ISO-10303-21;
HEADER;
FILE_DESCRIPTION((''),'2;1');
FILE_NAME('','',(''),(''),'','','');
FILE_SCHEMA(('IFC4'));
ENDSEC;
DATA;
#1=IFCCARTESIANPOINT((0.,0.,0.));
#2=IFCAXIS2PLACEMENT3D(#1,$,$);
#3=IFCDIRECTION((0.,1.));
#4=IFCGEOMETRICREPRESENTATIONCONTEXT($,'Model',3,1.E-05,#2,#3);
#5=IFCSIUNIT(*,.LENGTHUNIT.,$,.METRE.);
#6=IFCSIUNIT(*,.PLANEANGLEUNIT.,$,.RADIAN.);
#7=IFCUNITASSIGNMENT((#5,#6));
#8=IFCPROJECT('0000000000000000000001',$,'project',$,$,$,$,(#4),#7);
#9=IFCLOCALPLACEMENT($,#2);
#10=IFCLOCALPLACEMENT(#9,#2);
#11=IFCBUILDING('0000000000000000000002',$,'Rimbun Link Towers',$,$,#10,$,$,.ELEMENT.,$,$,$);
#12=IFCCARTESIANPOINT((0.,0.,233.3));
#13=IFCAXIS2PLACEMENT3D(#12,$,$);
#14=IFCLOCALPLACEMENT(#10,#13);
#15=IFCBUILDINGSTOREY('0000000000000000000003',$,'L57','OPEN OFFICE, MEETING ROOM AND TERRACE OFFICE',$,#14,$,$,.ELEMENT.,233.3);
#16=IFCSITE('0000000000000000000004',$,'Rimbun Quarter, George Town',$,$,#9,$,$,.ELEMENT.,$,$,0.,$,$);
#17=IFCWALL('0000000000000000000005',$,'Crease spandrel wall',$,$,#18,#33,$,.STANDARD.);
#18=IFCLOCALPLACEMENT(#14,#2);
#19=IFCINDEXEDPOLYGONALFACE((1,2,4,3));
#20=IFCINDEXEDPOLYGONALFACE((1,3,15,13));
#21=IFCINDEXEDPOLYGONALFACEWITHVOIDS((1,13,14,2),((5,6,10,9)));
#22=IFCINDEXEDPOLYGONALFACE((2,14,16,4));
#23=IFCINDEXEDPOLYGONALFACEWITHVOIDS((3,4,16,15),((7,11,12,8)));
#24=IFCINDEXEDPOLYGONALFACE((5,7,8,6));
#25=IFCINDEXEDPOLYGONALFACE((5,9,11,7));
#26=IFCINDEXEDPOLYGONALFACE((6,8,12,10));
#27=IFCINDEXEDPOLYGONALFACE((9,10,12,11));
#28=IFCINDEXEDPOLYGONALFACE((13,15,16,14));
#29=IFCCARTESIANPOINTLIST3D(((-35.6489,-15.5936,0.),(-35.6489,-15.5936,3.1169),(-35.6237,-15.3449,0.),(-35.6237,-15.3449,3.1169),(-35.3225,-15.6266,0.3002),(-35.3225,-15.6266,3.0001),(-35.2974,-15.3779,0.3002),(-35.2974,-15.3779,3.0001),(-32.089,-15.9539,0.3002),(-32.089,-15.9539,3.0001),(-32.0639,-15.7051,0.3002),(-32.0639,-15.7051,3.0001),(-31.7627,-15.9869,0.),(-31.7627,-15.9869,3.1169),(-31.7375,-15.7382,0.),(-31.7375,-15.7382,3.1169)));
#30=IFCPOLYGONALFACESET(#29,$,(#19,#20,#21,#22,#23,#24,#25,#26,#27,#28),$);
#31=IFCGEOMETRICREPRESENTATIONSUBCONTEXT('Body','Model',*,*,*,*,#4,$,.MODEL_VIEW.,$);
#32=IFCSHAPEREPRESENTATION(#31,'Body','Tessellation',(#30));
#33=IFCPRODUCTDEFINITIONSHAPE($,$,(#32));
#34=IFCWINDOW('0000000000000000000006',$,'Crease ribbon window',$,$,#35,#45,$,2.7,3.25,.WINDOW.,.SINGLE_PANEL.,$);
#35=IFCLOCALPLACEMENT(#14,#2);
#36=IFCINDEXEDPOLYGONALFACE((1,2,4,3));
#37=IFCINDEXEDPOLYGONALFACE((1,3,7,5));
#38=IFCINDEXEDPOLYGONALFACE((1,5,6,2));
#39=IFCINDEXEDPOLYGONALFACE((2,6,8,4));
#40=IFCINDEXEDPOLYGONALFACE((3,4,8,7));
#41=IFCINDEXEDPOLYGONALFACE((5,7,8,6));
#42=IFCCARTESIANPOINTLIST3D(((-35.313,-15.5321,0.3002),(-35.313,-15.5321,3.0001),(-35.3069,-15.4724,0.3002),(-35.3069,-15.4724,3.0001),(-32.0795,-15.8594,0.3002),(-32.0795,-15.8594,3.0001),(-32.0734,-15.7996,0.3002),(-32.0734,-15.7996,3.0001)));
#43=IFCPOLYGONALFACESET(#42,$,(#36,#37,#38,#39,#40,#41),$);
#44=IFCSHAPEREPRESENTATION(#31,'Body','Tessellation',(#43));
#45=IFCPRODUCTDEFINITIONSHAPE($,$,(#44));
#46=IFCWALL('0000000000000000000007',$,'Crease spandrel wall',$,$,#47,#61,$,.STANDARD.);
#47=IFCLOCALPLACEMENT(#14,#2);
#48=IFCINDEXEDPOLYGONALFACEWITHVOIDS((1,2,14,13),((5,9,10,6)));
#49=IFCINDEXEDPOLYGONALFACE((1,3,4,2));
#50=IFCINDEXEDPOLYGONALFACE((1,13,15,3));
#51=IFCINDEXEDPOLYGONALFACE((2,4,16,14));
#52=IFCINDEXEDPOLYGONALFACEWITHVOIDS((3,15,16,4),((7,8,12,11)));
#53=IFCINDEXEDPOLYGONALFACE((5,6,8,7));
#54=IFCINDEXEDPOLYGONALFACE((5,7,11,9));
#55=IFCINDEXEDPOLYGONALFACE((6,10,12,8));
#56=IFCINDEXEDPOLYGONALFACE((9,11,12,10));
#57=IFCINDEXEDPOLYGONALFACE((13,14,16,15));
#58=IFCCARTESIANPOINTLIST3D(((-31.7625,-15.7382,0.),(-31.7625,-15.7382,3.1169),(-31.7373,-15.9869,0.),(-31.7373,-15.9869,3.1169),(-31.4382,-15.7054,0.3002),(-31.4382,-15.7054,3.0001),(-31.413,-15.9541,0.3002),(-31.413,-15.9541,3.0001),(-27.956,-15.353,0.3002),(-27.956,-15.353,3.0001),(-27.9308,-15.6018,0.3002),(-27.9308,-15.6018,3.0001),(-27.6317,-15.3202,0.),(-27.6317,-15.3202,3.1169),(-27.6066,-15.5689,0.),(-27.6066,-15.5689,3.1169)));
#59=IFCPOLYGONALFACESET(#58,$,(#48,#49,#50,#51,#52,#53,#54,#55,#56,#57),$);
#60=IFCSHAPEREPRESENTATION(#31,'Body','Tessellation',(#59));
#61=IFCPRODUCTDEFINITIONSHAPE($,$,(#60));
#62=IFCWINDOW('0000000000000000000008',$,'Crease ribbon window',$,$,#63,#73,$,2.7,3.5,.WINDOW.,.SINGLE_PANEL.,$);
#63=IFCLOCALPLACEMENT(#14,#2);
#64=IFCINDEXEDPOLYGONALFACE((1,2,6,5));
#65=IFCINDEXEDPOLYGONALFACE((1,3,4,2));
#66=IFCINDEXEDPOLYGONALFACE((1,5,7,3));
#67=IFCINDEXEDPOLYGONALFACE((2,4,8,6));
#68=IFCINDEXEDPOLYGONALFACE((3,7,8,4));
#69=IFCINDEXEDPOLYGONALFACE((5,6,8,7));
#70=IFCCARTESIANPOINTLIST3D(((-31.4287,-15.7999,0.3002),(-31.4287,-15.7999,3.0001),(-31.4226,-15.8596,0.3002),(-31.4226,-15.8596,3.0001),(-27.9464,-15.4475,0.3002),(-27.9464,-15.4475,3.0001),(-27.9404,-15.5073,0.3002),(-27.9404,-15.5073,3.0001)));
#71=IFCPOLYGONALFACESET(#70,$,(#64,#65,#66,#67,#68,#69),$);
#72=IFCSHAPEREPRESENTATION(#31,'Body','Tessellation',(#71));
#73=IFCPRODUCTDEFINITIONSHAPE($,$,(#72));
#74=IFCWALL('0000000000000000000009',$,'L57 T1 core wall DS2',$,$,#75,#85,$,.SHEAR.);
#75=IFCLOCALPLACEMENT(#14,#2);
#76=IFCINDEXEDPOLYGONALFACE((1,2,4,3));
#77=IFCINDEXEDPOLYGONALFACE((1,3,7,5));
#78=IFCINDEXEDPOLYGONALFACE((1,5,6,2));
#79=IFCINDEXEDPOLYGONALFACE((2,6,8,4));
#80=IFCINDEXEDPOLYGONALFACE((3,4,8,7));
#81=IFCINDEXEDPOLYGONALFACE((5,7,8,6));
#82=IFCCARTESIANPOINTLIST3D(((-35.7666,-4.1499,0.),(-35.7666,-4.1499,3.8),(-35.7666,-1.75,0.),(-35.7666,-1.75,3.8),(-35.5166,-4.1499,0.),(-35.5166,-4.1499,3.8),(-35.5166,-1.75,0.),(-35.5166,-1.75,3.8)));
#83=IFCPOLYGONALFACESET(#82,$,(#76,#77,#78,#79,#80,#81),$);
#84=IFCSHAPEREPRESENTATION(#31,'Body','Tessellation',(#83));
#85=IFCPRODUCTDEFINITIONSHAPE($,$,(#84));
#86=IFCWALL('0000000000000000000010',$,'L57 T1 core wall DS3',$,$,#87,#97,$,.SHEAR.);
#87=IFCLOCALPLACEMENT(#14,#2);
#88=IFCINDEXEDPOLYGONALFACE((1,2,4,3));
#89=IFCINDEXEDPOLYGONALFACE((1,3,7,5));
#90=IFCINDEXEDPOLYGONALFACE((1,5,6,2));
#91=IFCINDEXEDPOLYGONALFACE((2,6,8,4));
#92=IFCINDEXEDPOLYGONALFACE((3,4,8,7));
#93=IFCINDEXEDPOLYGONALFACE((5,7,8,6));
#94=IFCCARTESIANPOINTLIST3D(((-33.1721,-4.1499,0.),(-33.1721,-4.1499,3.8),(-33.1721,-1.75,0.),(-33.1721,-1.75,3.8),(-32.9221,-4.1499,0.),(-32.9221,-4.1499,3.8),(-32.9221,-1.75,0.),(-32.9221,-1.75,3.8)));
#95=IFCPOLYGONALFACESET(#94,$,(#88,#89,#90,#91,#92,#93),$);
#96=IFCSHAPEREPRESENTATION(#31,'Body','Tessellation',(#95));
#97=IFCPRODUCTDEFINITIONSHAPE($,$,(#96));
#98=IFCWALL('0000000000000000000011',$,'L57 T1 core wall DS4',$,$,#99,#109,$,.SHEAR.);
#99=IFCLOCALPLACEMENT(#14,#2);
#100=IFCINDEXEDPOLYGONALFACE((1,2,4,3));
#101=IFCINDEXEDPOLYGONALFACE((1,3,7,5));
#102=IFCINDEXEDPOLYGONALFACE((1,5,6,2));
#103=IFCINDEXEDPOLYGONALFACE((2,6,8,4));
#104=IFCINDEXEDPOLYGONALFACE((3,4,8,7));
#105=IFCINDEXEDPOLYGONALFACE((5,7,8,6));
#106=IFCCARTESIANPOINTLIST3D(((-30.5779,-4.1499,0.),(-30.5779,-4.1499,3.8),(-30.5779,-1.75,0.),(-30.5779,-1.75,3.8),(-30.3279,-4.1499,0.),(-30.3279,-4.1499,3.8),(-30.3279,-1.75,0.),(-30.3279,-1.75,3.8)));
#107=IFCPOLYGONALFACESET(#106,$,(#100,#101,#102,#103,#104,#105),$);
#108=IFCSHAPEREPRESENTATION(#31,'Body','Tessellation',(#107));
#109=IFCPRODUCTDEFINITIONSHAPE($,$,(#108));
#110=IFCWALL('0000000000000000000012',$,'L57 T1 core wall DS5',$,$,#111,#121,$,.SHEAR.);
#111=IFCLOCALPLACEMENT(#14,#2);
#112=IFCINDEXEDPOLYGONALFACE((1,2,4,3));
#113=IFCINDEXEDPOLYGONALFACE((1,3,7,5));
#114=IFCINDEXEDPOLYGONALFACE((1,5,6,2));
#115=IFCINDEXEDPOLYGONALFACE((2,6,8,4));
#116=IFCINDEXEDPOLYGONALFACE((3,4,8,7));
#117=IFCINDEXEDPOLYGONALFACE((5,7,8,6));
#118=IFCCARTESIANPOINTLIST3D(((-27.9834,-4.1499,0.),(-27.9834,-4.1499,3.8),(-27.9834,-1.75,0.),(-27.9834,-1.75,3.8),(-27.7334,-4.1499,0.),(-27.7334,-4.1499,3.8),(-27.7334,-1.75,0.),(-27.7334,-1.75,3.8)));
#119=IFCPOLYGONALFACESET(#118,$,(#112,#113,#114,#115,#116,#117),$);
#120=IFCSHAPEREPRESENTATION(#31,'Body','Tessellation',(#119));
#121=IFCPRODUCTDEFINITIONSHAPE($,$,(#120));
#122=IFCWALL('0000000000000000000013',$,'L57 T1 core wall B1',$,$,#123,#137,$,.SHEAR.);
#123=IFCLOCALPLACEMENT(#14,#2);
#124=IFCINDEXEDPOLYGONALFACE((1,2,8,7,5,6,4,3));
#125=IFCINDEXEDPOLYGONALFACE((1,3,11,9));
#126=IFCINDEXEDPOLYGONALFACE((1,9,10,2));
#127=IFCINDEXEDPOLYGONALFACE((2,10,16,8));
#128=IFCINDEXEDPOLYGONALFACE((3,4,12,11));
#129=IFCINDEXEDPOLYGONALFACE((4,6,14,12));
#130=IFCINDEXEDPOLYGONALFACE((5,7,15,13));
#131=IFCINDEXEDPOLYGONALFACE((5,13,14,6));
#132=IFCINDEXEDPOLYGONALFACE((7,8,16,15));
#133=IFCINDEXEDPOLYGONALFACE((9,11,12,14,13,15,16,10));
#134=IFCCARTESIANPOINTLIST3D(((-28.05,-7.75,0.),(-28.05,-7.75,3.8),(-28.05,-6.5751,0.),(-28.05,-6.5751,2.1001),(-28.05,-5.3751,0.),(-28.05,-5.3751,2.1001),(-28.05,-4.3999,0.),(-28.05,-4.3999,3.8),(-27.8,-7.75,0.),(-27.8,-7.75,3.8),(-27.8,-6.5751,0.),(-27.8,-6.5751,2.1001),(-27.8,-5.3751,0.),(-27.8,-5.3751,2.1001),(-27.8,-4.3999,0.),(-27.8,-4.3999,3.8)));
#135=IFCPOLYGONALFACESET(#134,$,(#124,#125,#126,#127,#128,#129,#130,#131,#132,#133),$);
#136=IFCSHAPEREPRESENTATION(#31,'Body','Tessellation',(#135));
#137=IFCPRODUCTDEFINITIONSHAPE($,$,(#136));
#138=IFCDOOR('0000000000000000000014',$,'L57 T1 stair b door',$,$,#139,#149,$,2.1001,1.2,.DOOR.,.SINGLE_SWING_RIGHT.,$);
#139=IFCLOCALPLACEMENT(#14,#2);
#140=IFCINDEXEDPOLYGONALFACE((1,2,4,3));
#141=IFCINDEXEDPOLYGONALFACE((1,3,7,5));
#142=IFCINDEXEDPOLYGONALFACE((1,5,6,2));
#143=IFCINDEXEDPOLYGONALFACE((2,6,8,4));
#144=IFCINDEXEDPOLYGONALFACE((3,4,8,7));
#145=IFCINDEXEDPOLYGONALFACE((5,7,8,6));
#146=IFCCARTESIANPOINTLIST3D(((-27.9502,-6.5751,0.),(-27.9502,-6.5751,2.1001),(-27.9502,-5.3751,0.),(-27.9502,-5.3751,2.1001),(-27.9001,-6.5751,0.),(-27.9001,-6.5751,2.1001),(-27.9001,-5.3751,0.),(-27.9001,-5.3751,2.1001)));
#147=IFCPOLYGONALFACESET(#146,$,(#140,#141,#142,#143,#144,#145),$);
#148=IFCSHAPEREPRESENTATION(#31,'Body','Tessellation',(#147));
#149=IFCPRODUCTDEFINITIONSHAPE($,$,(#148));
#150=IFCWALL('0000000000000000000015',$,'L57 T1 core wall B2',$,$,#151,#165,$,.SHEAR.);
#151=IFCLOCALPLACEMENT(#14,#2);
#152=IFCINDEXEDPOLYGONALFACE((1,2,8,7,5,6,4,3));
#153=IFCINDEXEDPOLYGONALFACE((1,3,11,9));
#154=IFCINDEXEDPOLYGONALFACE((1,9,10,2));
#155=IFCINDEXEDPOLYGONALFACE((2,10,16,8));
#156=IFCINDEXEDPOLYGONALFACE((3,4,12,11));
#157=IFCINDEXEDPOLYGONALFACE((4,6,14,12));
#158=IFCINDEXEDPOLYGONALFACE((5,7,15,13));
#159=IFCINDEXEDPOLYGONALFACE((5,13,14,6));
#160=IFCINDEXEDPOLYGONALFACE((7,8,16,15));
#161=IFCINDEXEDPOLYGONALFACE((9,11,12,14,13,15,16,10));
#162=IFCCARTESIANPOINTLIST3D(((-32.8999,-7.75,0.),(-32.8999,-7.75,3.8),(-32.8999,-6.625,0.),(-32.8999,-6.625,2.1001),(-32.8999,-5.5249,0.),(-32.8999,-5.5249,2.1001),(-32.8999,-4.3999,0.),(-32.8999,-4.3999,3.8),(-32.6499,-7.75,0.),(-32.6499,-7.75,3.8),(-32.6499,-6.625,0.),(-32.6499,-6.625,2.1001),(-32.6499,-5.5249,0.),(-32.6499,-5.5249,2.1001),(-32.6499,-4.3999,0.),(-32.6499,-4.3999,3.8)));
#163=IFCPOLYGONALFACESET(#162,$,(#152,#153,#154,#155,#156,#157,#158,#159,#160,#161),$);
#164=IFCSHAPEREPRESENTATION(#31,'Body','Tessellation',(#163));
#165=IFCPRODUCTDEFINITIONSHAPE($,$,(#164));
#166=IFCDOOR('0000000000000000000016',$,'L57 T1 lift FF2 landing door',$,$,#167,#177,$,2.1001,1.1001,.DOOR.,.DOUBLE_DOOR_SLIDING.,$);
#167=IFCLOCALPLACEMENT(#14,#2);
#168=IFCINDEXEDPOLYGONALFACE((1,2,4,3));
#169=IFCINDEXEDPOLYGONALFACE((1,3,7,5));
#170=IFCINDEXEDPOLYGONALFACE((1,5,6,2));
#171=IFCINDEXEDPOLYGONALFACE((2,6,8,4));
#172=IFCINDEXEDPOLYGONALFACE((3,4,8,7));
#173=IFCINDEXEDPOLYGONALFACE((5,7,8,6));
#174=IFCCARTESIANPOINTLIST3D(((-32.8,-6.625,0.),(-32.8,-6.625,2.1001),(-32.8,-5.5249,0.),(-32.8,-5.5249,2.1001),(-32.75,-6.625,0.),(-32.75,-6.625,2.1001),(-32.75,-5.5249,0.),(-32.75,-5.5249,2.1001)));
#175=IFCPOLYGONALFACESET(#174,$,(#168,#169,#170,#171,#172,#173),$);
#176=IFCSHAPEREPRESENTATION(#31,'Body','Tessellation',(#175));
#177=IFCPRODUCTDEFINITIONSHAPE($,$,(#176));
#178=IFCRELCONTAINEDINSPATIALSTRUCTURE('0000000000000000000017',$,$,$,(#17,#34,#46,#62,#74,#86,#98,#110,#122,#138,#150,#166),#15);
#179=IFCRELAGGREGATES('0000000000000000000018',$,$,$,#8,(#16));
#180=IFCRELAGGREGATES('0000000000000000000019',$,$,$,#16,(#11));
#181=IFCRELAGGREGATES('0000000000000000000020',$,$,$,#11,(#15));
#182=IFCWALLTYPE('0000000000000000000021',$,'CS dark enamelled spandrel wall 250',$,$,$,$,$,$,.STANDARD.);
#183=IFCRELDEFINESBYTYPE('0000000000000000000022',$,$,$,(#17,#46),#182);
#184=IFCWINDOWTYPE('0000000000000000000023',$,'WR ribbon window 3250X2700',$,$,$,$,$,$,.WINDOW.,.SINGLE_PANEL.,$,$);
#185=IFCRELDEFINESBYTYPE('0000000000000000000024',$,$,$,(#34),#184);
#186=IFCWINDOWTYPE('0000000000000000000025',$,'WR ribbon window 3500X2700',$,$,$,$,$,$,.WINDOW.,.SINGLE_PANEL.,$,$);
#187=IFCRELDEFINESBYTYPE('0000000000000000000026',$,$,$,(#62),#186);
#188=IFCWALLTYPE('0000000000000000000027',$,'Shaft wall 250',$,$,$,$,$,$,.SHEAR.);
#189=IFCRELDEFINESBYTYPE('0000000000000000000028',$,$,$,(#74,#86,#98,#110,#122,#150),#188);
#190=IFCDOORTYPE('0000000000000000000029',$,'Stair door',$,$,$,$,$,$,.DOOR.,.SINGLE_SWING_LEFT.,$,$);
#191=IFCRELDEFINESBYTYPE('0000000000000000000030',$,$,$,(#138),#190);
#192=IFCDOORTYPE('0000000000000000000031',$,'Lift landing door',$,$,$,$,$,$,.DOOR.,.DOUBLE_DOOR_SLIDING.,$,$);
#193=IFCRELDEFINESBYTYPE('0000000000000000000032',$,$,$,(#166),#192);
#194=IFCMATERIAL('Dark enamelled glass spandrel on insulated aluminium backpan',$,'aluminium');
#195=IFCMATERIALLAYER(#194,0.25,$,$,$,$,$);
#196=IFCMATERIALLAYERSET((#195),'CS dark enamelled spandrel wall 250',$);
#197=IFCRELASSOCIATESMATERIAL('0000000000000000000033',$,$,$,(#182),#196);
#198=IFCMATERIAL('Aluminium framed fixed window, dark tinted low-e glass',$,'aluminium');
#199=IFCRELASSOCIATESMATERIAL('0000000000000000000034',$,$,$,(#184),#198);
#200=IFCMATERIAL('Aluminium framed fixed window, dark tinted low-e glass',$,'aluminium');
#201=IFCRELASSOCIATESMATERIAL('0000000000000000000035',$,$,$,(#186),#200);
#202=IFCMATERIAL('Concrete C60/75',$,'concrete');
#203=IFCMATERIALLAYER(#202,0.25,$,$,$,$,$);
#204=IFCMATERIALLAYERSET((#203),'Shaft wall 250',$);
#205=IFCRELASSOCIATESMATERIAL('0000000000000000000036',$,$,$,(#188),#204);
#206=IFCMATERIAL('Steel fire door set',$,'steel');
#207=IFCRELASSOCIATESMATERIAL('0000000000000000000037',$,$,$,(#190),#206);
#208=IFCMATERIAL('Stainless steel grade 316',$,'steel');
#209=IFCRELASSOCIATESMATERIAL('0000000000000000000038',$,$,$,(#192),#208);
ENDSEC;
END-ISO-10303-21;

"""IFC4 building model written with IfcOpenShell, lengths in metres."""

from ifc_helpers import new_model, si_unit, direction, frame, frame_2d, origin, place, context, subcontext, project, spatial, rectangle, extrude, material, layer, layer_set, type_object, element, fill, save


model = new_model("IFC4")

# Units and contexts
model_context = context("Model", 3, precision=1e-05, world=origin(), true_north=direction((0.0, 1.0)))
body_context = subcontext(model_context, "Body", "Model", "MODEL_VIEW")
ifc_project = project(units=[si_unit("LENGTHUNIT", "METRE"), si_unit("PLANEANGLEUNIT", "RADIAN")], contexts=[model_context])

# Site, building, storey
site_placement = place(None, origin())
site = spatial("IfcSite", under=ifc_project, at=site_placement, Name="Rimbun Quarter, George Town", CompositionType="ELEMENT", RefElevation=0.0)
building_placement = place(site_placement, origin())
building = spatial("IfcBuilding", under=site, at=building_placement, Name="Rimbun Link Towers", CompositionType="ELEMENT")
storey_placement = place(building_placement, frame((0.0, 0.0, 233.3)))
storey = spatial("IfcBuildingStorey", under=building, at=storey_placement, Name="L57", Description="OPEN OFFICE, MEETING ROOM AND TERRACE OFFICE", CompositionType="ELEMENT", Elevation=233.3)

# Walls, openings, windows
ifc_material_1 = material(Name="Dark enamelled glass spandrel on insulated aluminium backpan", Category="aluminium")
ifc_layer_1 = layer(ifc_material_1, 0.25)
ifc_layer_set_1 = layer_set([ifc_layer_1], Name="CS dark enamelled spandrel wall 250")
wall_type_1 = type_object("IfcWallType", Name="CS dark enamelled spandrel wall 250", PredefinedType="STANDARD", material=ifc_layer_set_1)
wall_1_placement = place(storey_placement, frame((-31.75, -15.8625, 0.0), z_axis=(0.0, 0.0, 1.0), x_axis=(-0.994918, 0.100692, 0.0)))
wall_1 = element("IfcWall", 1, at=wall_1_placement, inside=storey, type_object=wall_type_1, Name="Crease spandrel wall", PredefinedType="STANDARD", context=body_context, shape_type="SweptSolid", body=[
    extrude(rectangle(XDim=3.906, YDim=0.25, at=frame_2d((1.9531, 0.0))), origin(), (0.0, 0.0, 1.0), 3.1169),
])
opening_1_placement = place(wall_1_placement, frame((0.3281, 0.0, 0.3)))
opening_1 = element("IfcOpeningElement", 2, at=opening_1_placement, cuts=wall_1, PredefinedType="OPENING", context=body_context, shape_type="SweptSolid", body=[
    extrude(rectangle(XDim=3.25, YDim=2.7, at=frame_2d((1.625, 1.3501))), frame((0.0, 0.135, 0.0), z_axis=(0.0, -1.0, 0.0), x_axis=(1.0, 0.0, 0.0)), (0.0, 0.0, 1.0), 0.27),
])
ifc_material_2 = material(Name="Aluminium framed fixed window, dark tinted low-e glass", Category="aluminium")
window_type_1 = type_object("IfcWindowType", Name="WR ribbon window 3250X2700", PartitioningType="SINGLE_PANEL", PredefinedType="WINDOW", material=ifc_material_2)
window_1_placement = place(opening_1_placement, origin())
window_1 = element("IfcWindow", 3, at=window_1_placement, inside=storey, type_object=window_type_1, Name="Crease ribbon window", OverallHeight=2.7, OverallWidth=3.25, PartitioningType="SINGLE_PANEL", PredefinedType="WINDOW", context=body_context, shape_type="SweptSolid", body=[
    extrude(rectangle(XDim=3.25, YDim=2.7, at=frame_2d((1.625, 1.3501))), frame((0.0, 0.03, 0.0), z_axis=(0.0, -1.0, 0.0), x_axis=(1.0, 0.0, 0.0)), (0.0, 0.0, 1.0), 0.0601),
])
fill(opening_1, window_1)
wall_2_placement = place(storey_placement, frame((-27.6191, -15.4446, 0.0), z_axis=(0.0, 0.0, 1.0), x_axis=(-0.99492, -0.100668, 0.0)))
wall_2 = element("IfcWall", 4, at=wall_2_placement, inside=storey, type_object=wall_type_1, Name="Crease spandrel wall", PredefinedType="STANDARD", context=body_context, shape_type="SweptSolid", body=[
    extrude(rectangle(XDim=4.1519, YDim=0.25, at=frame_2d((2.0759, 0.0))), origin(), (0.0, 0.0, 1.0), 3.1169),
])
opening_2_placement = place(wall_2_placement, frame((0.3259, 0.0, 0.3)))
opening_2 = element("IfcOpeningElement", 5, at=opening_2_placement, cuts=wall_2, PredefinedType="OPENING", context=body_context, shape_type="SweptSolid", body=[
    extrude(rectangle(XDim=3.5, YDim=2.7, at=frame_2d((1.75, 1.3501))), frame((0.0, 0.135, 0.0), z_axis=(0.0, -1.0, 0.0), x_axis=(1.0, 0.0, 0.0)), (0.0, 0.0, 1.0), 0.27),
])
ifc_material_3 = material(Name="Aluminium framed fixed window, dark tinted low-e glass", Category="aluminium")
window_type_2 = type_object("IfcWindowType", Name="WR ribbon window 3500X2700", PartitioningType="SINGLE_PANEL", PredefinedType="WINDOW", material=ifc_material_3)
window_2_placement = place(opening_2_placement, origin())
window_2 = element("IfcWindow", 6, at=window_2_placement, inside=storey, type_object=window_type_2, Name="Crease ribbon window", OverallHeight=2.7, OverallWidth=3.5, PartitioningType="SINGLE_PANEL", PredefinedType="WINDOW", context=body_context, shape_type="SweptSolid", body=[
    extrude(rectangle(XDim=3.5, YDim=2.7, at=frame_2d((1.75, 1.3501))), frame((0.0, 0.03, 0.0), z_axis=(0.0, -1.0, 0.0), x_axis=(1.0, 0.0, 0.0)), (0.0, 0.0, 1.0), 0.0601),
])
fill(opening_2, window_2)

# Walls
ifc_material_4 = material(Name="Concrete C60/75", Category="concrete")
ifc_layer_2 = layer(ifc_material_4, 0.25)
ifc_layer_set_2 = layer_set([ifc_layer_2], Name="Shaft wall 250")
wall_type_2 = type_object("IfcWallType", Name="Shaft wall 250", PredefinedType="SHEAR", material=ifc_layer_set_2)
for number, where, z_axis, x_axis, name in (
    (7, (-35.6416, -4.1499, 0.0), (0.0, 0.0, 1.0), (0.0, 1.0, 0.0), "L57 T1 core wall DS2"),
    (8, (-33.0471, -4.1499, 0.0), (0.0, 0.0, 1.0), (0.0, 1.0, 0.0), "L57 T1 core wall DS3"),
    (9, (-30.4529, -4.1499, 0.0), (0.0, 0.0, 1.0), (0.0, 1.0, 0.0), "L57 T1 core wall DS4"),
    (10, (-27.8584, -4.1499, 0.0), (0.0, 0.0, 1.0), (0.0, 1.0, 0.0), "L57 T1 core wall DS5"),
):
    element("IfcWall", number, at=place(storey_placement, frame(where, z_axis=z_axis, x_axis=x_axis)), inside=storey, type_object=wall_type_2, Name=name, PredefinedType="SHEAR", context=body_context, shape_type="SweptSolid", body=[
        extrude(rectangle(XDim=2.3999, YDim=0.25, at=frame_2d((1.2, 0.0))), origin(), (0.0, 0.0, 1.0), 3.8),
    ])

# Walls, openings, doors
wall_3_placement = place(storey_placement, frame((-27.925, -4.3999, 0.0), z_axis=(0.0, 0.0, 1.0), x_axis=(0.0, -1.0, 0.0)))
wall_3 = element("IfcWall", 11, at=wall_3_placement, inside=storey, type_object=wall_type_2, Name="L57 T1 core wall B1", PredefinedType="SHEAR", context=body_context, shape_type="SweptSolid", body=[
    extrude(rectangle(XDim=3.3501, YDim=0.25, at=frame_2d((1.675, 0.0))), origin(), (0.0, 0.0, 1.0), 3.8),
])
opening_3_placement = place(wall_3_placement, frame((0.9751, 0.0, 0.0)))
opening_3 = element("IfcOpeningElement", 12, at=opening_3_placement, cuts=wall_3, PredefinedType="OPENING", context=body_context, shape_type="SweptSolid", body=[
    extrude(rectangle(XDim=1.2, YDim=2.1001, at=frame_2d((0.6001, 1.05))), frame((0.0, 0.135, 0.0), z_axis=(0.0, -1.0, 0.0), x_axis=(1.0, 0.0, 0.0)), (0.0, 0.0, 1.0), 0.27),
])
ifc_material_5 = material(Name="Steel fire door set", Category="steel")
door_type_1 = type_object("IfcDoorType", Name="Stair door", OperationType="SINGLE_SWING_LEFT", PredefinedType="DOOR", material=ifc_material_5)
door_1_placement = place(opening_3_placement, origin())
door_1 = element("IfcDoor", 13, at=door_1_placement, inside=storey, type_object=door_type_1, Name="L57 T1 stair b door", OperationType="SINGLE_SWING_RIGHT", OverallHeight=2.1001, OverallWidth=1.2, PredefinedType="DOOR", context=body_context, shape_type="SweptSolid", body=[
    extrude(rectangle(XDim=1.2, YDim=2.1001, at=frame_2d((0.6001, 1.05))), frame((0.0, 0.0249, 0.0), z_axis=(0.0, -1.0, 0.0), x_axis=(1.0, 0.0, 0.0)), (0.0, 0.0, 1.0), 0.05),
])
fill(opening_3, door_1)
wall_4_placement = place(storey_placement, frame((-32.7749, -4.3999, 0.0), z_axis=(0.0, 0.0, 1.0), x_axis=(0.0, -1.0, 0.0)))
wall_4 = element("IfcWall", 14, at=wall_4_placement, inside=storey, type_object=wall_type_2, Name="L57 T1 core wall B2", PredefinedType="SHEAR", context=body_context, shape_type="SweptSolid", body=[
    extrude(rectangle(XDim=3.3501, YDim=0.25, at=frame_2d((1.675, 0.0))), origin(), (0.0, 0.0, 1.0), 3.8),
])
opening_4_placement = place(wall_4_placement, frame((1.125, 0.0, 0.0)))
opening_4 = element("IfcOpeningElement", 15, at=opening_4_placement, cuts=wall_4, PredefinedType="OPENING", context=body_context, shape_type="SweptSolid", body=[
    extrude(rectangle(XDim=1.1001, YDim=2.1001, at=frame_2d((0.55, 1.05))), frame((0.0, 0.135, 0.0), z_axis=(0.0, -1.0, 0.0), x_axis=(1.0, 0.0, 0.0)), (0.0, 0.0, 1.0), 0.27),
])
ifc_material_6 = material(Name="Stainless steel grade 316", Category="steel")
door_type_2 = type_object("IfcDoorType", Name="Lift landing door", OperationType="DOUBLE_DOOR_SLIDING", PredefinedType="DOOR", material=ifc_material_6)
door_2_placement = place(opening_4_placement, origin())
door_2 = element("IfcDoor", 16, at=door_2_placement, inside=storey, type_object=door_type_2, Name="L57 T1 lift FF2 landing door", OperationType="DOUBLE_DOOR_SLIDING", OverallHeight=2.1001, OverallWidth=1.1001, PredefinedType="DOOR", context=body_context, shape_type="SweptSolid", body=[
    extrude(rectangle(XDim=1.1001, YDim=2.1001, at=frame_2d((0.55, 1.05))), frame((0.0, 0.0249, 0.0), z_axis=(0.0, -1.0, 0.0), x_axis=(1.0, 0.0, 0.0)), (0.0, 0.0, 1.0), 0.05),
])
fill(opening_4, door_2)

save(model, "model.ifc")
